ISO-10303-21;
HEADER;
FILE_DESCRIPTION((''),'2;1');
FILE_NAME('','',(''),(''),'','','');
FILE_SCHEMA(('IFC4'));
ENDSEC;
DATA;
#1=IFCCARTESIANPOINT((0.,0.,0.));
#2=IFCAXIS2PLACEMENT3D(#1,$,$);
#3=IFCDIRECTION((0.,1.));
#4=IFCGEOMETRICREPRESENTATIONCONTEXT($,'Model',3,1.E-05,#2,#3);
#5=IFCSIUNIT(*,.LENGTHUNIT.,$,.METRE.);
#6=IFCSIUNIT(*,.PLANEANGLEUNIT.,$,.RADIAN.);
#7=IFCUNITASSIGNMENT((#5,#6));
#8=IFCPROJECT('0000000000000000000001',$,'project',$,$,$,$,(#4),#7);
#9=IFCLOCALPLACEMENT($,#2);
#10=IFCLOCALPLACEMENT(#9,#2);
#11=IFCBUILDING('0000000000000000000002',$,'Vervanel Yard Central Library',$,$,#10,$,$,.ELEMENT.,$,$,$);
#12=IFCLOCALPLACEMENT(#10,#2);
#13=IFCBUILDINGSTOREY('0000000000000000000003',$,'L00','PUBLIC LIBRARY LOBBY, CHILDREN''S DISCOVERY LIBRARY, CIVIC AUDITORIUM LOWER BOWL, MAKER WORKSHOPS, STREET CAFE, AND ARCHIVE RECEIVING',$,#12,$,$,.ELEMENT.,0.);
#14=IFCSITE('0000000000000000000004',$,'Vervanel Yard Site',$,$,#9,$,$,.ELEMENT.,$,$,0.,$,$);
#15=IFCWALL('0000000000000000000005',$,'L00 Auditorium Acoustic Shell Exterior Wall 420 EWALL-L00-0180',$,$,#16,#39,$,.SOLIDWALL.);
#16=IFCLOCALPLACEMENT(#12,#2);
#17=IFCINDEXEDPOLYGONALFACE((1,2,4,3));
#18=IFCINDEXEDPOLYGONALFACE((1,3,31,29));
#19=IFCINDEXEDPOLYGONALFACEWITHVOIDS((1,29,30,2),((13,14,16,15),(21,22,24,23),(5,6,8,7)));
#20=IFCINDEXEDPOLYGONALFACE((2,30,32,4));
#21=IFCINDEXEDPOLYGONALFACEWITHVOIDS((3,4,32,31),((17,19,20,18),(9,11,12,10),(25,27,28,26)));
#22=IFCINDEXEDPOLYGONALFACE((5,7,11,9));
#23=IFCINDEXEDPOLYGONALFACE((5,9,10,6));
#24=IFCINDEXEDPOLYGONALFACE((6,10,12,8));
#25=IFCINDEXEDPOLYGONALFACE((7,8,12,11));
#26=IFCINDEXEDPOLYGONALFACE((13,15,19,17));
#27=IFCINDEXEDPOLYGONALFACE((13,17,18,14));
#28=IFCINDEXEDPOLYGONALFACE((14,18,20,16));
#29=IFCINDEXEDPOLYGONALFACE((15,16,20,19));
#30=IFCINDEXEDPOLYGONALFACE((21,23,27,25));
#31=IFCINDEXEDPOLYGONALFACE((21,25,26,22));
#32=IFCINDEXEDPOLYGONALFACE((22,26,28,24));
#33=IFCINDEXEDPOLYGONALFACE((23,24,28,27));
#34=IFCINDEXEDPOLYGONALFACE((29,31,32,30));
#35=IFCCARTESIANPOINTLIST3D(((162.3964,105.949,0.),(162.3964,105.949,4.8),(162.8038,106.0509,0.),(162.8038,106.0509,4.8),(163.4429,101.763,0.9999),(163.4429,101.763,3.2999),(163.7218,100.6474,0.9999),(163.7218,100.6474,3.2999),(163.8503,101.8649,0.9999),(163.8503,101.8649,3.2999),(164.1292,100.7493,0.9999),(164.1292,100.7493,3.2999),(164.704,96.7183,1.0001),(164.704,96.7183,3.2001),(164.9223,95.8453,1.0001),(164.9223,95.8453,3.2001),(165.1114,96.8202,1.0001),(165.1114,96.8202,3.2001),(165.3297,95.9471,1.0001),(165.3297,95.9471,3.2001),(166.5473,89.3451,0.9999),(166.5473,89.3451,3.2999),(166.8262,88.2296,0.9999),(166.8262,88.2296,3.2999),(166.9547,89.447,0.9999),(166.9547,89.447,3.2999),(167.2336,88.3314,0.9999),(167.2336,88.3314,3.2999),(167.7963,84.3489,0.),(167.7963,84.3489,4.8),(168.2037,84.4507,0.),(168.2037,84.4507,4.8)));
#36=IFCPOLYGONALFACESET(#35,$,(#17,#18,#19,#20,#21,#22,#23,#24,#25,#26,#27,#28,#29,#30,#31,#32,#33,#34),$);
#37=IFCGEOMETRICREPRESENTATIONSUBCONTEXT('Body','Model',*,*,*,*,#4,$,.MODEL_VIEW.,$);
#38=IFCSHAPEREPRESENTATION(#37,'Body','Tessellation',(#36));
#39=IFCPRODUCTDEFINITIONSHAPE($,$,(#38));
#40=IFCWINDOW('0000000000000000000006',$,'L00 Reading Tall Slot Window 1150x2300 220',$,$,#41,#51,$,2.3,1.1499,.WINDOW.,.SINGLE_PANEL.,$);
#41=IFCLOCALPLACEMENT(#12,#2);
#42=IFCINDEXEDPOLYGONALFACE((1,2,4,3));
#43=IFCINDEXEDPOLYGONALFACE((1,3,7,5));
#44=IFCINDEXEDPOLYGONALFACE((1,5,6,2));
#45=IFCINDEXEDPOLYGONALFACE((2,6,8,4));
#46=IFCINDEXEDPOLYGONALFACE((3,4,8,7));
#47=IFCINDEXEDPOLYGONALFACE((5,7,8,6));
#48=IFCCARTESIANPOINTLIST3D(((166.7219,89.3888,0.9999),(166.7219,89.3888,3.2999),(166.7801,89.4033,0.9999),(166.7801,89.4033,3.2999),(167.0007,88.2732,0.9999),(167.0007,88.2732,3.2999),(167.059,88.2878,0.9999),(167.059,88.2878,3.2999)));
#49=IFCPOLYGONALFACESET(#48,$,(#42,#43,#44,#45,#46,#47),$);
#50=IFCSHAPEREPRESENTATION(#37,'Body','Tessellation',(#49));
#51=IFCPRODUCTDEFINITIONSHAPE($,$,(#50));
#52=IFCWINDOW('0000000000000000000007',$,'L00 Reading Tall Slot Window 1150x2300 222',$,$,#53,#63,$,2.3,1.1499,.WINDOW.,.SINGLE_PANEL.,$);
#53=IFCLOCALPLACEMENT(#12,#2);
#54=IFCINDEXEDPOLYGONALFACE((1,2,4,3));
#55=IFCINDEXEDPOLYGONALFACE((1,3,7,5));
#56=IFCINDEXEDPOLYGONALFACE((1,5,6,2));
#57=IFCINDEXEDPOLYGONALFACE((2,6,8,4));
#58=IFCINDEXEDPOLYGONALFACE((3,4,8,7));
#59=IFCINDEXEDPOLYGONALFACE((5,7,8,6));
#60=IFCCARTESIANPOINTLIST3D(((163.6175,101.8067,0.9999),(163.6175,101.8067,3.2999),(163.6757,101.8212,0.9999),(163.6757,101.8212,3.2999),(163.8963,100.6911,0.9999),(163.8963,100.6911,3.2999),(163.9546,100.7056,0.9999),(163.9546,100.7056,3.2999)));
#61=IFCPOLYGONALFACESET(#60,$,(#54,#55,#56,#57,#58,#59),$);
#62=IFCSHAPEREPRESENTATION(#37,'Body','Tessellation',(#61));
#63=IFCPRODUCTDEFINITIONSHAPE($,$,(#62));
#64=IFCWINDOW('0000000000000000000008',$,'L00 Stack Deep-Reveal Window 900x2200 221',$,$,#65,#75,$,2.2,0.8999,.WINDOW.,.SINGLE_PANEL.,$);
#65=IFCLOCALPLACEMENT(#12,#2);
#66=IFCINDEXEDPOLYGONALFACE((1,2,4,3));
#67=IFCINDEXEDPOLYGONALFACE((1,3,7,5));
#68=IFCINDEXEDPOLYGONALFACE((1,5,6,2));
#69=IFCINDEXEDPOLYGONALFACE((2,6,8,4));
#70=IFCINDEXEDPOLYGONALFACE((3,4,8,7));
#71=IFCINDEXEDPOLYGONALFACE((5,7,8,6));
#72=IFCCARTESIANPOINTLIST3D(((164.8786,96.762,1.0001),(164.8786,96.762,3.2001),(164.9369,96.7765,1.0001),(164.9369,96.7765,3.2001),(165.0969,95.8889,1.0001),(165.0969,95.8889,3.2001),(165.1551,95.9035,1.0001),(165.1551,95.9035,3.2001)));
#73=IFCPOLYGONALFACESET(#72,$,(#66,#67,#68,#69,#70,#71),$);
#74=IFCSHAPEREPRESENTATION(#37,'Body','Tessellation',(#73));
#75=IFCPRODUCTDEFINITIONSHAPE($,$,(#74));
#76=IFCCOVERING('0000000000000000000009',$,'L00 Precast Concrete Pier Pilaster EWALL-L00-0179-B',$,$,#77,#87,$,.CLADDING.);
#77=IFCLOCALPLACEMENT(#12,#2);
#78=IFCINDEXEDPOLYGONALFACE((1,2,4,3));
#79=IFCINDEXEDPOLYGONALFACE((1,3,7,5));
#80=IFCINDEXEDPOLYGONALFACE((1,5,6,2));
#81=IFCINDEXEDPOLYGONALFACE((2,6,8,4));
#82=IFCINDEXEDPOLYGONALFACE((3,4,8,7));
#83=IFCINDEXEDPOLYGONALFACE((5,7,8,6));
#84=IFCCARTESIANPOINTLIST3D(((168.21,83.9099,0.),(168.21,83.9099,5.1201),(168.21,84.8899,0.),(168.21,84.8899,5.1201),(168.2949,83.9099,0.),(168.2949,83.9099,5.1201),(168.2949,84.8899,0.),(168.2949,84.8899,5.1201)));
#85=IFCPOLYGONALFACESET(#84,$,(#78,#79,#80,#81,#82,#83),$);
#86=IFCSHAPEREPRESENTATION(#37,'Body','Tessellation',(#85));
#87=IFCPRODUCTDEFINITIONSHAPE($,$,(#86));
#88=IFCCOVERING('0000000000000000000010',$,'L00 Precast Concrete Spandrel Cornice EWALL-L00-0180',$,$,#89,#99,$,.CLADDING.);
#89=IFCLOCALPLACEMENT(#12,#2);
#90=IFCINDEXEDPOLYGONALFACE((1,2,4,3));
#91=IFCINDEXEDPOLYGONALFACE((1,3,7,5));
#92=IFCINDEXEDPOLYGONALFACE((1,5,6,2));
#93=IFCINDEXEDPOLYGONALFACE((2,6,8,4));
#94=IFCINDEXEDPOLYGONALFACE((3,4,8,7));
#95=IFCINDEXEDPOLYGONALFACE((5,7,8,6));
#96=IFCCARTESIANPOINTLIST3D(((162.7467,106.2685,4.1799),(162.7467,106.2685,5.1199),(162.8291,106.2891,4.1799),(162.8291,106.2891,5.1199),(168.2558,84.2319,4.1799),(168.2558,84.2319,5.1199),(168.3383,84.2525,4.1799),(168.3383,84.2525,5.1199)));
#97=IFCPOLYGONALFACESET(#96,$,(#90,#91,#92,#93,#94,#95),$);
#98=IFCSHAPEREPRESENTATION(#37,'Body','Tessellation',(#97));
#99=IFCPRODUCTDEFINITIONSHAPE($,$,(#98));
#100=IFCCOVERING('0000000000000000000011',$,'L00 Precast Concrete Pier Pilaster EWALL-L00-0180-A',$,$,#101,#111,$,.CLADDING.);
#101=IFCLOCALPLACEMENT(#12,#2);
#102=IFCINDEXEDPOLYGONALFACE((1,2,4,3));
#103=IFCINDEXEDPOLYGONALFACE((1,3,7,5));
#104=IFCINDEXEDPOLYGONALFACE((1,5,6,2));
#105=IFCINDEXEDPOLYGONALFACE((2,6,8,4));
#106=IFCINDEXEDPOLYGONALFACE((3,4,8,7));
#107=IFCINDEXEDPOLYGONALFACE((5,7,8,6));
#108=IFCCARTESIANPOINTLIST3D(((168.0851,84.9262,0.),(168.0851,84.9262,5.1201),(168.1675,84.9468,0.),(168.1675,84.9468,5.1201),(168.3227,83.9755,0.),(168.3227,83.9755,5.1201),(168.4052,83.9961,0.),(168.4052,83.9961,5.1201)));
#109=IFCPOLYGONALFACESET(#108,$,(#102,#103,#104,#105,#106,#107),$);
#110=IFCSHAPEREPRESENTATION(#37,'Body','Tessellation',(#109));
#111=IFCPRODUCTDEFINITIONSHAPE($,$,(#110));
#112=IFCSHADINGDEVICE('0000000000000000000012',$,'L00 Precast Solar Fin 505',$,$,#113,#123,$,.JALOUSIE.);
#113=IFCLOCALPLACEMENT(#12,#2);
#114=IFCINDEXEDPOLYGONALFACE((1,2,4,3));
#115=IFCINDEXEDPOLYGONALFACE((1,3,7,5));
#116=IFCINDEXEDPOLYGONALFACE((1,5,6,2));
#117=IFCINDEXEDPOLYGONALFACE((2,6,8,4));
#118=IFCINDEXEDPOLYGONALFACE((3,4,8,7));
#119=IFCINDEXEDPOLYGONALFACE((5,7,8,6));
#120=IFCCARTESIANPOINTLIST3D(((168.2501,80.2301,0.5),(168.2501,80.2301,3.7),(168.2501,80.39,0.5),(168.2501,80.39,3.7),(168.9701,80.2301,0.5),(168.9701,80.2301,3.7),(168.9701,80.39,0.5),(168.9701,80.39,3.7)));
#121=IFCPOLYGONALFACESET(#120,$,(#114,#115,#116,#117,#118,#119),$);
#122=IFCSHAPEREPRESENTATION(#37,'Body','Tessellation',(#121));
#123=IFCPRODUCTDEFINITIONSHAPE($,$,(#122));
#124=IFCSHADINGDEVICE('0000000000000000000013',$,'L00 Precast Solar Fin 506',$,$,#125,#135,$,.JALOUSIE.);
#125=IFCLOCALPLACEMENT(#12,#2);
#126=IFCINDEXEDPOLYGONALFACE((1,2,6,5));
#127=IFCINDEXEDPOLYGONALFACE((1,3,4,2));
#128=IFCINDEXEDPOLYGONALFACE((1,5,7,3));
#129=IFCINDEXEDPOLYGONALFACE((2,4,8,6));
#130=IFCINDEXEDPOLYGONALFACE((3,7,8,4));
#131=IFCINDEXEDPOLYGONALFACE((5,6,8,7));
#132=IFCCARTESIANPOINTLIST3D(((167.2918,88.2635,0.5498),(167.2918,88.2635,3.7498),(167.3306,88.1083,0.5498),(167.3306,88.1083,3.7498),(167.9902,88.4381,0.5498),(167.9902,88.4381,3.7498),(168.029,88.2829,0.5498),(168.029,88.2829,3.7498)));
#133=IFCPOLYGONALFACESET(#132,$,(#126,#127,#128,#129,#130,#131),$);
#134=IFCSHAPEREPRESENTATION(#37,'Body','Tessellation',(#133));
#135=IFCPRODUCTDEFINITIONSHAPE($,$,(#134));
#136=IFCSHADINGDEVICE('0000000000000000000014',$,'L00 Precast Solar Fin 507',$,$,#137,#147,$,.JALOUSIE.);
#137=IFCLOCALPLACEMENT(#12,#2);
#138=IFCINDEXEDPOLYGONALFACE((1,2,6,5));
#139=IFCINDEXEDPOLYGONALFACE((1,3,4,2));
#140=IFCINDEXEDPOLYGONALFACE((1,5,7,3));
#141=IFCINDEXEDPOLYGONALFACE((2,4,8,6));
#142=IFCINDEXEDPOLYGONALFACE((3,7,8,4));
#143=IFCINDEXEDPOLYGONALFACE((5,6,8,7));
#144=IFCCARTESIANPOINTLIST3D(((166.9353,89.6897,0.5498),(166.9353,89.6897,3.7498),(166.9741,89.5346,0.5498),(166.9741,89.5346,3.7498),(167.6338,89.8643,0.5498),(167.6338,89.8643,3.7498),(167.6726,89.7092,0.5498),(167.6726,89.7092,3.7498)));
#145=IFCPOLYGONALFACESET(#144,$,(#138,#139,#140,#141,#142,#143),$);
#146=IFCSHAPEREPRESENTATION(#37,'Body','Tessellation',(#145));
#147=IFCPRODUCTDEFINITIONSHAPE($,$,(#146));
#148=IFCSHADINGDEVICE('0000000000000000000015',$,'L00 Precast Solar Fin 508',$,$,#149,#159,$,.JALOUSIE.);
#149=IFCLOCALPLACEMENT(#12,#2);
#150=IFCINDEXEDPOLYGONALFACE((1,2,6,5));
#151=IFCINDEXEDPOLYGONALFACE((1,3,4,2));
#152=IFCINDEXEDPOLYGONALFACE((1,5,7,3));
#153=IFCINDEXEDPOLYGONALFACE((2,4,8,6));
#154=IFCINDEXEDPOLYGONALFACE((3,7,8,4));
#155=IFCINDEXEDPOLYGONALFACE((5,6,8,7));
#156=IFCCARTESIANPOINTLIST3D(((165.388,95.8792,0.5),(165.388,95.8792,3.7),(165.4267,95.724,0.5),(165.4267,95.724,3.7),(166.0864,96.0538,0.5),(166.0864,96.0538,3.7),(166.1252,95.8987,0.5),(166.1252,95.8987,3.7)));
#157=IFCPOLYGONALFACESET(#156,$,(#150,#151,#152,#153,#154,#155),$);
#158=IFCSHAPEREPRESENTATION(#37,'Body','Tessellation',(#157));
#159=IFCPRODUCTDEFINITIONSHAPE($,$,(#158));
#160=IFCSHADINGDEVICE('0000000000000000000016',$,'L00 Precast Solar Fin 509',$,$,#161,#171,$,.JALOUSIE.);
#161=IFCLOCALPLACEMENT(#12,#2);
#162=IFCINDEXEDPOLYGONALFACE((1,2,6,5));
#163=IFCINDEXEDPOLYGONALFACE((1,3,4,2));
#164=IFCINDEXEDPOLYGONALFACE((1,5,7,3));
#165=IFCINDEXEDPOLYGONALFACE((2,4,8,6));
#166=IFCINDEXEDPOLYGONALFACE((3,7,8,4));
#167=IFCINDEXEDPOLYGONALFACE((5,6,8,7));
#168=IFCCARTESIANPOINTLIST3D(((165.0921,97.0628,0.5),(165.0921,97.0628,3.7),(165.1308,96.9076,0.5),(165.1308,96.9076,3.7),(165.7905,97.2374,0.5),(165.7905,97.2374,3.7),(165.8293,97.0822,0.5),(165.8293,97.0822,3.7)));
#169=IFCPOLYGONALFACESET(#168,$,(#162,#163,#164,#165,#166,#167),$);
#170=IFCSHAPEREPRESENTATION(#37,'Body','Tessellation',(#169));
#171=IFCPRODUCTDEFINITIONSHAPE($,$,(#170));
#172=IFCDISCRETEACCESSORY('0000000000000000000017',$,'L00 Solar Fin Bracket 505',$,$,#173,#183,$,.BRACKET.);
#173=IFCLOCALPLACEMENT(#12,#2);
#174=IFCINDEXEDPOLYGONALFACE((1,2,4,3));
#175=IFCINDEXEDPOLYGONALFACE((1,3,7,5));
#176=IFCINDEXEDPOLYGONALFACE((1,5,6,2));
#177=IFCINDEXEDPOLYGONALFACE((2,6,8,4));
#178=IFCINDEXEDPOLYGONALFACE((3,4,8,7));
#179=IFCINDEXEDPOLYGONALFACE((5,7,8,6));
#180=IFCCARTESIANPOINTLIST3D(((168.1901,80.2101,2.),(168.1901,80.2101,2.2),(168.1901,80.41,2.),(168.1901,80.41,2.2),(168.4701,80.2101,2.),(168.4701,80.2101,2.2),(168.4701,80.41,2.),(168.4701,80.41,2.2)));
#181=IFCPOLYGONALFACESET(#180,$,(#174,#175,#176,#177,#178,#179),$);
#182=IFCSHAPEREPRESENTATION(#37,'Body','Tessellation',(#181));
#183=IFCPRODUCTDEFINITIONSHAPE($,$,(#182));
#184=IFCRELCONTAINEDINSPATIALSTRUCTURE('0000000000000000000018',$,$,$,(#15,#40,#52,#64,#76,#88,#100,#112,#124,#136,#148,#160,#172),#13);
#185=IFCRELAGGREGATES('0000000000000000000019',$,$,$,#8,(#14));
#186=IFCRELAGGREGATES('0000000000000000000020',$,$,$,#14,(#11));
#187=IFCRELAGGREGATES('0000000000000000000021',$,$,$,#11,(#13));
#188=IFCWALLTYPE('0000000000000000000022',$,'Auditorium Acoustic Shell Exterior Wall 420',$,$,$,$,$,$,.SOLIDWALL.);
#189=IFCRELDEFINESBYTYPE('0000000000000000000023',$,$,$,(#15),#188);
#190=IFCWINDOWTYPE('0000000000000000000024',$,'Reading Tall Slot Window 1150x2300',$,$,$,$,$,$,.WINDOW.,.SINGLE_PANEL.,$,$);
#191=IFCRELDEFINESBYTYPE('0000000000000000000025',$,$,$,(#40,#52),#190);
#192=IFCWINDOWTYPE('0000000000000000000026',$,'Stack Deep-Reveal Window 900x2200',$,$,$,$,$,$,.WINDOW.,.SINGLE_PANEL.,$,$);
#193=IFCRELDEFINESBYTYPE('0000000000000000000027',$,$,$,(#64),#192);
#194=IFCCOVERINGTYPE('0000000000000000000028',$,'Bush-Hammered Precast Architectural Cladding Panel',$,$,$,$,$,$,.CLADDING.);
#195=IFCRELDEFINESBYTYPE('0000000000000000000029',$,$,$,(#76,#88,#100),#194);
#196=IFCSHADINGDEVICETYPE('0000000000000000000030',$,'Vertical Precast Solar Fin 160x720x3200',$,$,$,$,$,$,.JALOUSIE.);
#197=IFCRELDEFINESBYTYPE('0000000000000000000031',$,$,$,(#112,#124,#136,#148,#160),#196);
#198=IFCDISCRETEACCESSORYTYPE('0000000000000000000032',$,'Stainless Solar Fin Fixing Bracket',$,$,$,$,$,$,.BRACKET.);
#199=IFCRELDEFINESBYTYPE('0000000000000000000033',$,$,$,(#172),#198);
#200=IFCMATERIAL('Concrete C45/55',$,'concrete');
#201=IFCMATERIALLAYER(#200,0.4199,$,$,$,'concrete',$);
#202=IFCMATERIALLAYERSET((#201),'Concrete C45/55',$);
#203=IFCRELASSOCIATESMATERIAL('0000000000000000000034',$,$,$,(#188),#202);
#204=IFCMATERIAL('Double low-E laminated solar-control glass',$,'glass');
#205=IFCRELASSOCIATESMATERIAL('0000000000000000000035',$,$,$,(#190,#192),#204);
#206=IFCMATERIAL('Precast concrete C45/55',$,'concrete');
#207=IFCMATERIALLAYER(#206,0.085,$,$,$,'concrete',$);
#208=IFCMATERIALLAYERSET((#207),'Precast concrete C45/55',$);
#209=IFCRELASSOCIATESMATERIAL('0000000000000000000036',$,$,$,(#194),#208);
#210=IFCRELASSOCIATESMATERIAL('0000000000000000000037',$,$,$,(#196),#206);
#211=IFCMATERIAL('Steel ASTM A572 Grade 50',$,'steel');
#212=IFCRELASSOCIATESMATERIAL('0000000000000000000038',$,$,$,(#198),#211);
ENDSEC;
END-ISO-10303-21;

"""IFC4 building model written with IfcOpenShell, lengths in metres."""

from ifc_helpers import new_model, si_unit, direction, frame, frame_2d, origin, origin_2d, place, context, subcontext, project, spatial, rectangle, extrude, material, layer, layer_set, type_object, element, fill, save


model = new_model("IFC4")

# Units and contexts
model_context = context("Model", 3, precision=1e-05, world=origin(), true_north=direction((0.0, 1.0)))
body_context = subcontext(model_context, "Body", "Model", "MODEL_VIEW")
ifc_project = project(units=[si_unit("LENGTHUNIT", "METRE"), si_unit("PLANEANGLEUNIT", "RADIAN")], contexts=[model_context])

# Site, building, storey
site_placement = place(None, origin())
site = spatial("IfcSite", under=ifc_project, at=site_placement, Name="Vervanel Yard Site", CompositionType="ELEMENT", RefElevation=0.0)
building_placement = place(site_placement, origin())
building = spatial("IfcBuilding", under=site, at=building_placement, Name="Vervanel Yard Central Library", CompositionType="ELEMENT")
storey_placement = place(building_placement, origin())
storey = spatial("IfcBuildingStorey", under=building, at=storey_placement, Name="L00", Description="PUBLIC LIBRARY LOBBY, CHILDREN'S DISCOVERY LIBRARY, CIVIC AUDITORIUM LOWER BOWL, MAKER WORKSHOPS, STREET CAFE, AND ARCHIVE RECEIVING", CompositionType="ELEMENT", Elevation=0.0)

# Shared definitions
ifc_material_1 = material(Name="Steel ASTM A572 Grade 50", Category="steel")

# Wall, openings, windows
ifc_material_2 = material(Name="Concrete C45/55", Category="concrete")
ifc_layer_1 = layer(ifc_material_2, 0.4199, Category="concrete")
ifc_layer_set_1 = layer_set([ifc_layer_1], Name="Concrete C45/55")
wall_type = type_object("IfcWallType", Name="Auditorium Acoustic Shell Exterior Wall 420", PredefinedType="SOLIDWALL", material=ifc_layer_set_1)
wall_placement = place(storey_placement, frame((168.0, 84.3999, 0.0), z_axis=(0.0, 0.0, 1.0), x_axis=(-0.24253, 0.970144, 0.0)))
wall = element("IfcWall", 1, at=wall_placement, inside=storey, type_object=wall_type, Name="L00 Auditorium Acoustic Shell Exterior Wall 420 EWALL-L00-0180", PredefinedType="SOLIDWALL", context=body_context, shape_type="SweptSolid", body=[
    extrude(rectangle(XDim=22.2649, YDim=0.4199, at=frame_2d((11.1323, 0.0))), origin(), (0.0, 0.0, 1.0), 4.8),
])
opening_1_placement = place(wall_placement, frame((4.0, 0.0, 1.0)))
opening_1 = element("IfcOpeningElement", 2, at=opening_1_placement, cuts=wall, PredefinedType="OPENING", context=body_context, shape_type="SweptSolid", body=[
    extrude(rectangle(XDim=1.1499, YDim=2.3, at=frame_2d((0.575, 1.1499))), frame((0.0, 0.22, 0.0), z_axis=(0.0, -1.0, 0.0), x_axis=(1.0, 0.0, 0.0)), (0.0, 0.0, 1.0), 0.4399),
])
opening_2_placement = place(wall_placement, frame((11.8501, 0.0, 1.0)))
opening_2 = element("IfcOpeningElement", 3, at=opening_2_placement, cuts=wall, PredefinedType="OPENING", context=body_context, shape_type="SweptSolid", body=[
    extrude(rectangle(XDim=0.8999, YDim=2.2, at=frame_2d((0.45, 1.1001))), frame((0.0, 0.22, 0.0), z_axis=(0.0, -1.0, 0.0), x_axis=(1.0, 0.0, 0.0)), (0.0, 0.0, 1.0), 0.4399),
])
opening_3_placement = place(wall_placement, frame((16.8, 0.0, 1.0)))
opening_3 = element("IfcOpeningElement", 4, at=opening_3_placement, cuts=wall, PredefinedType="OPENING", context=body_context, shape_type="SweptSolid", body=[
    extrude(rectangle(XDim=1.1499, YDim=2.3, at=frame_2d((0.575, 1.1499))), frame((0.0, 0.22, 0.0), z_axis=(0.0, -1.0, 0.0), x_axis=(1.0, 0.0, 0.0)), (0.0, 0.0, 1.0), 0.4399),
])
ifc_material_3 = material(Name="Double low-E laminated solar-control glass", Category="glass")
window_type_1 = type_object("IfcWindowType", Name="Reading Tall Slot Window 1150x2300", PartitioningType="SINGLE_PANEL", PredefinedType="WINDOW", material=ifc_material_3)
window_1_placement = place(opening_1_placement, origin())
window_1 = element("IfcWindow", 5, at=window_1_placement, inside=storey, type_object=window_type_1, Name="L00 Reading Tall Slot Window 1150x2300 220", OverallHeight=2.3, OverallWidth=1.1499, PartitioningType="SINGLE_PANEL", PredefinedType="WINDOW", context=body_context, shape_type="SweptSolid", body=[
    extrude(rectangle(XDim=1.1499, YDim=2.3, at=frame_2d((0.575, 1.1499))), frame((0.0, 0.03, 0.0), z_axis=(0.0, -1.0, 0.0), x_axis=(1.0, 0.0, 0.0)), (0.0, 0.0, 1.0), 0.0601),
])
fill(opening_1, window_1)
window_2_placement = place(opening_3_placement, origin())
window_2 = element("IfcWindow", 6, at=window_2_placement, inside=storey, type_object=window_type_1, Name="L00 Reading Tall Slot Window 1150x2300 222", OverallHeight=2.3, OverallWidth=1.1499, PartitioningType="SINGLE_PANEL", PredefinedType="WINDOW", context=body_context, shape_type="SweptSolid", body=[
    extrude(rectangle(XDim=1.1499, YDim=2.3, at=frame_2d((0.575, 1.1499))), frame((0.0, 0.03, 0.0), z_axis=(0.0, -1.0, 0.0), x_axis=(1.0, 0.0, 0.0)), (0.0, 0.0, 1.0), 0.0601),
])
fill(opening_3, window_2)
window_type_2 = type_object("IfcWindowType", Name="Stack Deep-Reveal Window 900x2200", PartitioningType="SINGLE_PANEL", PredefinedType="WINDOW", material=ifc_material_3)
window_3_placement = place(opening_2_placement, origin())
window_3 = element("IfcWindow", 7, at=window_3_placement, inside=storey, type_object=window_type_2, Name="L00 Stack Deep-Reveal Window 900x2200 221", OverallHeight=2.2, OverallWidth=0.8999, PartitioningType="SINGLE_PANEL", PredefinedType="WINDOW", context=body_context, shape_type="SweptSolid", body=[
    extrude(rectangle(XDim=0.8999, YDim=2.2, at=frame_2d((0.45, 1.1001))), frame((0.0, 0.03, 0.0), z_axis=(0.0, -1.0, 0.0), x_axis=(1.0, 0.0, 0.0)), (0.0, 0.0, 1.0), 0.0601),
])
fill(opening_2, window_3)

# Coverings
ifc_material_4 = material(Name="Precast concrete C45/55", Category="concrete")
ifc_layer_2 = layer(ifc_material_4, 0.085, Category="concrete")
ifc_layer_set_2 = layer_set([ifc_layer_2], Name="Precast concrete C45/55")
covering_type = type_object("IfcCoveringType", Name="Bush-Hammered Precast Architectural Cladding Panel", PredefinedType="CLADDING", material=ifc_layer_set_2)
covering_1_placement = place(storey_placement, frame((168.2524, 84.3999, 0.0), z_axis=(0.0, 0.0, 1.0), x_axis=(0.0, 1.0, 0.0)))
element("IfcCovering", 8, at=covering_1_placement, inside=storey, type_object=covering_type, Name="L00 Precast Concrete Pier Pilaster EWALL-L00-0179-B", PredefinedType="CLADDING", context=body_context, shape_type="SweptSolid", body=[
    extrude(rectangle(XDim=0.98, YDim=0.085, at=origin_2d()), origin(), (0.0, 0.0, 1.0), 5.1201),
])
covering_2_placement = place(storey_placement, frame((165.5425, 95.2605, 4.1799), z_axis=(0.0, 0.0, 1.0), x_axis=(-0.242535, 0.970143, 0.0)))
element("IfcCovering", 9, at=covering_2_placement, inside=storey, type_object=covering_type, Name="L00 Precast Concrete Spandrel Cornice EWALL-L00-0180", PredefinedType="CLADDING", context=body_context, shape_type="SweptSolid", body=[
    extrude(rectangle(XDim=22.7148, YDim=0.085, at=origin_2d()), origin(), (0.0, 0.0, 1.0), 0.9399),
])
covering_3_placement = place(storey_placement, frame((168.2451, 84.4612, 0.0), z_axis=(0.0, 0.0, 1.0), x_axis=(-0.242535, 0.970143, 0.0)))
element("IfcCovering", 10, at=covering_3_placement, inside=storey, type_object=covering_type, Name="L00 Precast Concrete Pier Pilaster EWALL-L00-0180-A", PredefinedType="CLADDING", context=body_context, shape_type="SweptSolid", body=[
    extrude(rectangle(XDim=0.98, YDim=0.085, at=origin_2d()), origin(), (0.0, 0.0, 1.0), 5.1201),
])

# Shading devices
shading_device_type = type_object("IfcShadingDeviceType", Name="Vertical Precast Solar Fin 160x720x3200", PredefinedType="JALOUSIE", material=ifc_material_4)
for number, where, z_axis, x_axis, name in (
    (11, (168.6101, 80.3101, 0.5), (0.0, 0.0, 1.0), (0.0, 1.0, 0.0), "L00 Precast Solar Fin 505"),
    (12, (167.6604, 88.2732, 0.5498), (0.0, 0.0, 1.0), (-0.242535, 0.970143, 0.0), "L00 Precast Solar Fin 506"),
    (13, (167.304, 89.6995, 0.5498), (0.0, 0.0, 1.0), (-0.242535, 0.970143, 0.0), "L00 Precast Solar Fin 507"),
    (14, (165.7566, 95.8889, 0.5), (0.0, 0.0, 1.0), (-0.242535, 0.970143, 0.0), "L00 Precast Solar Fin 508"),
    (15, (165.4607, 97.0725, 0.5), (0.0, 0.0, 1.0), (-0.242535, 0.970143, 0.0), "L00 Precast Solar Fin 509"),
):
    element("IfcShadingDevice", number, at=place(storey_placement, frame(where, z_axis=z_axis, x_axis=x_axis)), inside=storey, type_object=shading_device_type, Name=name, PredefinedType="JALOUSIE", context=body_context, shape_type="SweptSolid", body=[
        extrude(rectangle(XDim=0.1599, YDim=0.72, at=origin_2d()), origin(), (0.0, 0.0, 1.0), 3.2),
    ])

# Discrete accessory
discrete_accessory_type = type_object("IfcDiscreteAccessoryType", Name="Stainless Solar Fin Fixing Bracket", PredefinedType="BRACKET", material=ifc_material_1)
for number, where, z_axis, x_axis, name in (
    (16, (168.3301, 80.3101, 2.0), (0.0, 0.0, 1.0), (0.0, 1.0, 0.0), "L00 Solar Fin Bracket 505"),
):
    element("IfcDiscreteAccessory", number, at=place(storey_placement, frame(where, z_axis=z_axis, x_axis=x_axis)), inside=storey, type_object=discrete_accessory_type, Name=name, PredefinedType="BRACKET", context=body_context, shape_type="SweptSolid", body=[
        extrude(rectangle(XDim=0.2, YDim=0.28, at=origin_2d()), origin(), (0.0, 0.0, 1.0), 0.2),
    ])

save(model, "model.ifc")
